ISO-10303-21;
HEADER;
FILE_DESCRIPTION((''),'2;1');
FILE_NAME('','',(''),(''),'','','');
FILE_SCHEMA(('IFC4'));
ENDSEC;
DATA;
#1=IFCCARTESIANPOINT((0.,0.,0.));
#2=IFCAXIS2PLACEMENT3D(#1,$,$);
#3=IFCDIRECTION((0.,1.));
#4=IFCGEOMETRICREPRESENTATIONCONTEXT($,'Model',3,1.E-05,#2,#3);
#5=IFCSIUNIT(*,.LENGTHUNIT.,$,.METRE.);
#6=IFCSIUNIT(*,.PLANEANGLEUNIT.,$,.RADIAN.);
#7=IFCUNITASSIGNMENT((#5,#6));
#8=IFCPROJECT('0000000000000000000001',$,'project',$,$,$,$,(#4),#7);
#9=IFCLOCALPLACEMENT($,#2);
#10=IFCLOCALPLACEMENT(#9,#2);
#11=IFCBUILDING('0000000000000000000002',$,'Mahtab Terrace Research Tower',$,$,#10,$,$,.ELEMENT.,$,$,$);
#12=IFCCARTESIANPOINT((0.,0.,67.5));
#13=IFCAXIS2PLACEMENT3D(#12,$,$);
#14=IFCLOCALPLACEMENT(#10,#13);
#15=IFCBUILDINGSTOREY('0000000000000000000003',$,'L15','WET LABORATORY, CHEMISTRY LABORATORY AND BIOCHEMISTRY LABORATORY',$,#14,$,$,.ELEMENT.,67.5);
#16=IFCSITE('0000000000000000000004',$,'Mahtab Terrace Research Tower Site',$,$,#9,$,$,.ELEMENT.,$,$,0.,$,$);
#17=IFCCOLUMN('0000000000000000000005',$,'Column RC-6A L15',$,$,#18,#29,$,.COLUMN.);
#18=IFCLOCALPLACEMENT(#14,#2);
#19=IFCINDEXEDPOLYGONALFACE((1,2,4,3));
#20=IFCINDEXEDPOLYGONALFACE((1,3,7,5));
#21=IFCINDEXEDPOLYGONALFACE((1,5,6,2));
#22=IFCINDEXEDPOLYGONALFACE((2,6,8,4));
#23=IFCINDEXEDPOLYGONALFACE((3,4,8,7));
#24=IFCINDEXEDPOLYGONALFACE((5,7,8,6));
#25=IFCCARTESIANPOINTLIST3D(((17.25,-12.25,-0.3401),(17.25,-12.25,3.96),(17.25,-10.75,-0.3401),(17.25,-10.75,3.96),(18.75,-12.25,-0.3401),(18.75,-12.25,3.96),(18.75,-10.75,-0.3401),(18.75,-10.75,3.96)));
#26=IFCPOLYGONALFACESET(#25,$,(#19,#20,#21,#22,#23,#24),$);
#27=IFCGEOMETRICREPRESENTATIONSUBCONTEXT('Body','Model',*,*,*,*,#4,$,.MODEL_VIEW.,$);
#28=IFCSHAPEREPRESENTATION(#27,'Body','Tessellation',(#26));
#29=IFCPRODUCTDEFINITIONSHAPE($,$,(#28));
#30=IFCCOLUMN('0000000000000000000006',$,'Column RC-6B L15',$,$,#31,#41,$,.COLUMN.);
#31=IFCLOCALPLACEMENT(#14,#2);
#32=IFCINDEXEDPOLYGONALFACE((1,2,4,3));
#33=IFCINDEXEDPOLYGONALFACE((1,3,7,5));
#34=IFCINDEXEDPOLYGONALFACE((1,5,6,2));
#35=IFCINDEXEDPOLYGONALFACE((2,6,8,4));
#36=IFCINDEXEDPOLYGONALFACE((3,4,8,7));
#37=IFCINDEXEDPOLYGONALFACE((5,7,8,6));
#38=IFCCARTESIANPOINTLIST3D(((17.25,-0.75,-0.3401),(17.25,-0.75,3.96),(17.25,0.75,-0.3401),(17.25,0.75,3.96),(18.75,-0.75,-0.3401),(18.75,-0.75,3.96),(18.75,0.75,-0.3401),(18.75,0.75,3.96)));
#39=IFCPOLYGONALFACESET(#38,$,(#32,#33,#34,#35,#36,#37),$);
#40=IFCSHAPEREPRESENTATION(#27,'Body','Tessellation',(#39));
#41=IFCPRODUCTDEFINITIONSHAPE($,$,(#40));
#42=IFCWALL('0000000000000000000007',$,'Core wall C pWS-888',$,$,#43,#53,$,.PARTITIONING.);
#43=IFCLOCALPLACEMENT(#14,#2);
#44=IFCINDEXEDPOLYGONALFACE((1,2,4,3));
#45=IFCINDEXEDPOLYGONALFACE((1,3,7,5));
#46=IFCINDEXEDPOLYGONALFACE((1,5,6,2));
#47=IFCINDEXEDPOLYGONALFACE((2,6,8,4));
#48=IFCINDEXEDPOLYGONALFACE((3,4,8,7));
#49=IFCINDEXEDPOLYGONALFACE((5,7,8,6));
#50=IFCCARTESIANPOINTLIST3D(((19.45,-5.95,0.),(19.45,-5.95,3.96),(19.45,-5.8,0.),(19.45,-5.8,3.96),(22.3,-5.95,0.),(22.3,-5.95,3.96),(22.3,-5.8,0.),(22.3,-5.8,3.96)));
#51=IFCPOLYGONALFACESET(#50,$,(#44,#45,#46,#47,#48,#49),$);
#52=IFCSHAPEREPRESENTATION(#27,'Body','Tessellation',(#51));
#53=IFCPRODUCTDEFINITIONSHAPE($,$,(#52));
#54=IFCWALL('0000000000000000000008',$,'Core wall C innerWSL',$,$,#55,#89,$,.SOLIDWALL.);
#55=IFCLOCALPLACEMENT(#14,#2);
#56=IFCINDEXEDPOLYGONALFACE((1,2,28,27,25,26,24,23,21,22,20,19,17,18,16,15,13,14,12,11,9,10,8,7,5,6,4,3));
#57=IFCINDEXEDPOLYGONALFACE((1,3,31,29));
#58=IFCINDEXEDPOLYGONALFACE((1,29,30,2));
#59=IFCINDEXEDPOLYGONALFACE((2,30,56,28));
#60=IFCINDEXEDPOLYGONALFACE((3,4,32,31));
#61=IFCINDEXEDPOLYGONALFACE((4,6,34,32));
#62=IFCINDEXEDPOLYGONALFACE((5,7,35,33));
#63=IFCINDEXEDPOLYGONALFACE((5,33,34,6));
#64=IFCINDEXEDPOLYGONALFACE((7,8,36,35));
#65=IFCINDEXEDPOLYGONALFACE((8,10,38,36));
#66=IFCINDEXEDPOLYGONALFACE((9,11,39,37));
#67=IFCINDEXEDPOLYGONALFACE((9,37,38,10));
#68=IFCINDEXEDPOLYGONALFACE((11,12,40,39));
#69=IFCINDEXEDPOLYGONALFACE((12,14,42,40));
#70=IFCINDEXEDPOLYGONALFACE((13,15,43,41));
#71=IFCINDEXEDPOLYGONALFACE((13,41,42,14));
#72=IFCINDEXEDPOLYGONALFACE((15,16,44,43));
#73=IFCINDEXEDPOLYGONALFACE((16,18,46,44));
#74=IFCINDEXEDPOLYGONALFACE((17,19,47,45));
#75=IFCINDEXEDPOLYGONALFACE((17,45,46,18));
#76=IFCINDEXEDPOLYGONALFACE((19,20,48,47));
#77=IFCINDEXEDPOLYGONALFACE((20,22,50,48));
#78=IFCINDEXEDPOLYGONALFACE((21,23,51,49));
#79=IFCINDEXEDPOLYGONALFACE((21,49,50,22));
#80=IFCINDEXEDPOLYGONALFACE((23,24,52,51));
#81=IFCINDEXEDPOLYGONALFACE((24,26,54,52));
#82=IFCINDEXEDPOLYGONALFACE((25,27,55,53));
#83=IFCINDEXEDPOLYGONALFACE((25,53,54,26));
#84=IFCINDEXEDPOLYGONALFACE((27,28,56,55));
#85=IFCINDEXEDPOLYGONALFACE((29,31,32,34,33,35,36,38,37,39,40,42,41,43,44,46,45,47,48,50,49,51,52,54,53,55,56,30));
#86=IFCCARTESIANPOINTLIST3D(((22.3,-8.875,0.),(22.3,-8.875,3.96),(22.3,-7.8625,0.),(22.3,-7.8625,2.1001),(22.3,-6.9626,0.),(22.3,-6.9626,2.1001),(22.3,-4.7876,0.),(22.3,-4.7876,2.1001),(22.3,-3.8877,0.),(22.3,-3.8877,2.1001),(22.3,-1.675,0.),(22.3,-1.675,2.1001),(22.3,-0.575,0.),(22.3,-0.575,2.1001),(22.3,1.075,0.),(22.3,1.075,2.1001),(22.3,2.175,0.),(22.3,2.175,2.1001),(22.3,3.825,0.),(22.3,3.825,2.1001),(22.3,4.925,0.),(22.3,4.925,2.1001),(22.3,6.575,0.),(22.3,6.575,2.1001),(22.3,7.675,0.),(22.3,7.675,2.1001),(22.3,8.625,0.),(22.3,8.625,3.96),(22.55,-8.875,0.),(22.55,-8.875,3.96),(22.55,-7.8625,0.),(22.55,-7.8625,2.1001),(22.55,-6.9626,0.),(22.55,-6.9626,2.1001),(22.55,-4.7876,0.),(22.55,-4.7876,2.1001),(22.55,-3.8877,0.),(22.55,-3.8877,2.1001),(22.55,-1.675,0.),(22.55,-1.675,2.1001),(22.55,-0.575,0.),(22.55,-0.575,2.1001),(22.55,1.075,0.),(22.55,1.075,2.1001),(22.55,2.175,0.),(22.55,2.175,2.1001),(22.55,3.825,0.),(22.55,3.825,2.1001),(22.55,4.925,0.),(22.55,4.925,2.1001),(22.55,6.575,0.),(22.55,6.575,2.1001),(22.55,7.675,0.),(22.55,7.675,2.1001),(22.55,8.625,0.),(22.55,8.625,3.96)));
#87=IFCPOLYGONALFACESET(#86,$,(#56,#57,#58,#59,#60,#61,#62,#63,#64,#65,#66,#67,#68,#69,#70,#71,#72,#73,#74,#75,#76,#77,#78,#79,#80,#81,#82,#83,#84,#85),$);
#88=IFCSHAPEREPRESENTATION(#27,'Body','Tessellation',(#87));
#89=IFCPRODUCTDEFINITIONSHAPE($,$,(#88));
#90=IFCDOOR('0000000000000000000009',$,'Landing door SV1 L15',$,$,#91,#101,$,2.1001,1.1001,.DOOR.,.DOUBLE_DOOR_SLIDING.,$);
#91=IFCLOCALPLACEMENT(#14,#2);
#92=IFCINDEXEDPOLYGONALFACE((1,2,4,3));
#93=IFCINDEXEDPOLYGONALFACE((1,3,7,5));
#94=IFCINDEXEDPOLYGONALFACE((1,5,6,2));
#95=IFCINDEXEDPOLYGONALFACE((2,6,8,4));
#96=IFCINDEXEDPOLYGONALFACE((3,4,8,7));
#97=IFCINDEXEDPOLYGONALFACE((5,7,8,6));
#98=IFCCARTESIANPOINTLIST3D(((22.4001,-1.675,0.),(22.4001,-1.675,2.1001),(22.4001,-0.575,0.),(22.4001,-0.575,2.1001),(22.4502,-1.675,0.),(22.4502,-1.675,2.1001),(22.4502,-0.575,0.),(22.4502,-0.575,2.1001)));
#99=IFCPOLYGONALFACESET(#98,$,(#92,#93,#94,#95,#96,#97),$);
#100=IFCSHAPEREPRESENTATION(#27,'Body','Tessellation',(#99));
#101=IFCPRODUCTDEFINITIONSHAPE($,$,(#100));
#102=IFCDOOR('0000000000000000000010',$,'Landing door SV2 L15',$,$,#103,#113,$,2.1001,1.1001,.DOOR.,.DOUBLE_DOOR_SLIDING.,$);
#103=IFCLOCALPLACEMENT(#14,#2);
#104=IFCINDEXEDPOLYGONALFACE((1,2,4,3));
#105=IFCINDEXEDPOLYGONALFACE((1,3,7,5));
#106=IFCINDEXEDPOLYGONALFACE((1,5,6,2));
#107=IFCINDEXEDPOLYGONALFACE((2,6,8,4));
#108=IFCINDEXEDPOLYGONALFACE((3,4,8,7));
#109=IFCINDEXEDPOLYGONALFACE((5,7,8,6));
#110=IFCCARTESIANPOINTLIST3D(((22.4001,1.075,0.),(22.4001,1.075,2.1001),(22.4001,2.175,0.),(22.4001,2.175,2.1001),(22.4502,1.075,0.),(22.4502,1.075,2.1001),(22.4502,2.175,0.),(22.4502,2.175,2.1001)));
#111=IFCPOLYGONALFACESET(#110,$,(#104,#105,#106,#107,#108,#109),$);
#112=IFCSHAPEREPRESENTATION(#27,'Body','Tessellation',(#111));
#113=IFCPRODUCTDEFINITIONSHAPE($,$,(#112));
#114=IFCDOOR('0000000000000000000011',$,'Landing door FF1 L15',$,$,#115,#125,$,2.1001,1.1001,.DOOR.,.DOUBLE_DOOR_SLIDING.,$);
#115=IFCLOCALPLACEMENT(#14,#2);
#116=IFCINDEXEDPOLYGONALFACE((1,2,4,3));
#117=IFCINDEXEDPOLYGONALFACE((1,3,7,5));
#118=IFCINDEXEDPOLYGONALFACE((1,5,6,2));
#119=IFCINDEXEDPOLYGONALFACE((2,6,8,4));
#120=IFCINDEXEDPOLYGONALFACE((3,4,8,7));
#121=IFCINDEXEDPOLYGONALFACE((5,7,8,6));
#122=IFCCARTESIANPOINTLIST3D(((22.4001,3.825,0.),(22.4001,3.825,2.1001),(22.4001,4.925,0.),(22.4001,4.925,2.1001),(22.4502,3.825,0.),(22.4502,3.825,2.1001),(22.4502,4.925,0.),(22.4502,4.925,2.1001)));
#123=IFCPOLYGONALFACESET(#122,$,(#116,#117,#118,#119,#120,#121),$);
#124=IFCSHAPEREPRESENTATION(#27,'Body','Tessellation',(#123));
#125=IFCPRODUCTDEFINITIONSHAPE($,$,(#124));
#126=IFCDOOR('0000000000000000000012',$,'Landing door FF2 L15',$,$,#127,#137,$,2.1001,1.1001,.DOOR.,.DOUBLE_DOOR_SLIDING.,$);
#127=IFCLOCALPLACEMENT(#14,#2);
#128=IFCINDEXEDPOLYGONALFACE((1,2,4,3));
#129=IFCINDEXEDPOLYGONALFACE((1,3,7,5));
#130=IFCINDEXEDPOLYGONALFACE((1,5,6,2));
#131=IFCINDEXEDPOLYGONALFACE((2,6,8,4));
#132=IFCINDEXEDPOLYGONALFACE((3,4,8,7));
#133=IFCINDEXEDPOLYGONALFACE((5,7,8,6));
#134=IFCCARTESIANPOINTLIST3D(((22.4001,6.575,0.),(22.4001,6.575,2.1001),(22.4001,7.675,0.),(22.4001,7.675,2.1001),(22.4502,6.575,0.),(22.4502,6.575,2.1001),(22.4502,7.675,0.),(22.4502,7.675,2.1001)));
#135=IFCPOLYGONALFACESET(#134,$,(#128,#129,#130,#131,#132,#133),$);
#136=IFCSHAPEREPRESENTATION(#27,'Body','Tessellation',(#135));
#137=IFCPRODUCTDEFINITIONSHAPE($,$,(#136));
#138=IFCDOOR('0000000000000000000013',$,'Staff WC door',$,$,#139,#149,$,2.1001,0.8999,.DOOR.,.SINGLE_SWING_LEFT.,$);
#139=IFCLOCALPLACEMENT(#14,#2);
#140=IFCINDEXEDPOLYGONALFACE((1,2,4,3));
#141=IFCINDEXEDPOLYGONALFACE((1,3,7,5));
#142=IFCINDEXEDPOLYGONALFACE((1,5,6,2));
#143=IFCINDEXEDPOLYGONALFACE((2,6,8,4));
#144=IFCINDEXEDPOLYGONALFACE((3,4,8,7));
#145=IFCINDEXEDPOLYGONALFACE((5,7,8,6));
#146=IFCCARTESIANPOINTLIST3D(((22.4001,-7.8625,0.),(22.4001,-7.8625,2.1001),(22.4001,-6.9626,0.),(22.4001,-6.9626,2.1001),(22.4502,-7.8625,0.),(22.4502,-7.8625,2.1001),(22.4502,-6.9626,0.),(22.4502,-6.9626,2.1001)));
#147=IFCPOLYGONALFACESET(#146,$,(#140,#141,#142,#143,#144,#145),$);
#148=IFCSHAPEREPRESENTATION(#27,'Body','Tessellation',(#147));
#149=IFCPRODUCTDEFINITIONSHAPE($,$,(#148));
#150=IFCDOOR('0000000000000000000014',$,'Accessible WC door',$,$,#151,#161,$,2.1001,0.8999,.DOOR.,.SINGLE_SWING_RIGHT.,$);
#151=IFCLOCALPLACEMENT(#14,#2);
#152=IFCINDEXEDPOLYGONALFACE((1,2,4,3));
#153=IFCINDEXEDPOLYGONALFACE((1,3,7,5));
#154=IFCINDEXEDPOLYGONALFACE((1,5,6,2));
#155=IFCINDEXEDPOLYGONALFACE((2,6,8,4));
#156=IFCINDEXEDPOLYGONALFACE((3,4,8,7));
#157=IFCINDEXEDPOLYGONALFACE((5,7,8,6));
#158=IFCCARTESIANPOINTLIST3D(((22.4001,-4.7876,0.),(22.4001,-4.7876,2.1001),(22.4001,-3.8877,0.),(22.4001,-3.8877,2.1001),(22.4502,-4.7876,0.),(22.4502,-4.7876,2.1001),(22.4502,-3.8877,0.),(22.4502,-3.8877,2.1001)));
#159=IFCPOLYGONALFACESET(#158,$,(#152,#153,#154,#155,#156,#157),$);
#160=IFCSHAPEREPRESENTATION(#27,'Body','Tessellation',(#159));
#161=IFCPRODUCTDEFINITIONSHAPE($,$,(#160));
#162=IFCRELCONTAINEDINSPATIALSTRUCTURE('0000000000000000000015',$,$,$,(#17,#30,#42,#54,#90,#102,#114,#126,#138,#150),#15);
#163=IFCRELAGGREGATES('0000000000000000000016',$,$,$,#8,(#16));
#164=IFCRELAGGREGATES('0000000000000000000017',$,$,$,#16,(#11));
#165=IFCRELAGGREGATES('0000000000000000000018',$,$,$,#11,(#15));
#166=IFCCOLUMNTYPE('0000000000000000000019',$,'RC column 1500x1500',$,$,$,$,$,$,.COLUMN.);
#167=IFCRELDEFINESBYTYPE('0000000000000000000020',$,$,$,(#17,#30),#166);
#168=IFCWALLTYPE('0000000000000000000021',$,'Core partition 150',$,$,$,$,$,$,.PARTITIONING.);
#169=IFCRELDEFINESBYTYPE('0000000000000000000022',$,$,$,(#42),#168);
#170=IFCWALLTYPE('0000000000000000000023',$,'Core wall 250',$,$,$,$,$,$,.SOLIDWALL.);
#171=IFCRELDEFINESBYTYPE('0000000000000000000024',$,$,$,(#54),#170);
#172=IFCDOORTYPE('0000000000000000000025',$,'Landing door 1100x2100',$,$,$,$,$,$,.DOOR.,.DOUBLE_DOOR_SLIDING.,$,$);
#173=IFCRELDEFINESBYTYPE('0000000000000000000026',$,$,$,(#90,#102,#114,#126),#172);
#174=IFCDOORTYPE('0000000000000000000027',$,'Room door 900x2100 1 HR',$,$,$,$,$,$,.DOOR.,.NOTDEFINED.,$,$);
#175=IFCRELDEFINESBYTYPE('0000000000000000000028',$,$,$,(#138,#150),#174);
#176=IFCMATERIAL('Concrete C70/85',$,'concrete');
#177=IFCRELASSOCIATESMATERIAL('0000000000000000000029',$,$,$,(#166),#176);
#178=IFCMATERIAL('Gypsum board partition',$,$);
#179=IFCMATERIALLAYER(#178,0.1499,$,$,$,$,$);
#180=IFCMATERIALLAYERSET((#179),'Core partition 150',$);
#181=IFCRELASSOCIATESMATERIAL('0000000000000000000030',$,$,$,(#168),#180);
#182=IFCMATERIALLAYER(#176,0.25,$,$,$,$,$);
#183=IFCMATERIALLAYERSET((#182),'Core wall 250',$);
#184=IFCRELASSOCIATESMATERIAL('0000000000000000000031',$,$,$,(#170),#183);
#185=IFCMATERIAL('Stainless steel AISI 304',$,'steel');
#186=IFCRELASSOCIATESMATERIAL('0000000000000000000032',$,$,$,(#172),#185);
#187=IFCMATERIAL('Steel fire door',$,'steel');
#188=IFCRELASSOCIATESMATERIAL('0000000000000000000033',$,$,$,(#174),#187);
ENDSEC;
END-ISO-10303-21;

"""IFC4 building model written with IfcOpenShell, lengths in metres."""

from ifc_helpers import new_model, si_unit, direction, frame, frame_2d, origin, origin_2d, place, context, subcontext, project, spatial, rectangle, extrude, material, layer, layer_set, material_profile, profile_set, type_object, element, fill, save


model = new_model("IFC4")

# Units and contexts
model_context = context("Model", 3, precision=1e-05, world=origin(), true_north=direction((0.0, 1.0)))
body_context = subcontext(model_context, "Body", "Model", "MODEL_VIEW")
ifc_project = project(units=[si_unit("LENGTHUNIT", "METRE"), si_unit("PLANEANGLEUNIT", "RADIAN")], contexts=[model_context])

# Site, building, storey
site_placement = place(None, origin())
site = spatial("IfcSite", under=ifc_project, at=site_placement, Name="Mahtab Terrace Research Tower Site", CompositionType="ELEMENT", RefElevation=0.0)
building_placement = place(site_placement, origin())
building = spatial("IfcBuilding", under=site, at=building_placement, Name="Mahtab Terrace Research Tower", CompositionType="ELEMENT")
storey_placement = place(building_placement, frame((0.0, 0.0, 67.5)))
storey = spatial("IfcBuildingStorey", under=building, at=storey_placement, Name="L15", Description="WET LABORATORY, CHEMISTRY LABORATORY AND BIOCHEMISTRY LABORATORY", CompositionType="ELEMENT", Elevation=67.5)

# Columns
ifc_material_1 = material(Name="Concrete C70/85", Category="concrete")
ifc_material_profile = material_profile(ifc_material_1, rectangle(XDim=1.5, YDim=1.5, at=origin_2d()), Name="RC column 1500x1500")
ifc_profile_set = profile_set([ifc_material_profile], Name="Concrete C70/85")
column_type = type_object("IfcColumnType", Name="RC column 1500x1500", PredefinedType="COLUMN", material=ifc_profile_set)
for number, where, z_axis, x_axis, name in (
    (1, (18.0, -11.5, -0.3401), (0.0, 0.0, 1.0), (1.0, 0.0, 0.0), "Column RC-6A L15"),
    (2, (18.0, 0.0, -0.3401), (0.0, 0.0, 1.0), (1.0, 0.0, 0.0), "Column RC-6B L15"),
):
    element("IfcColumn", number, at=place(storey_placement, frame(where, z_axis=z_axis, x_axis=x_axis)), inside=storey, type_object=column_type, Name=name, PredefinedType="COLUMN", context=body_context, shape_type="SweptSolid", body=[
        extrude(rectangle(XDim=1.5, YDim=1.5, at=origin_2d()), origin(), (0.0, 0.0, 1.0), 4.3),
    ])

# Wall
ifc_material_2 = material(Name="Gypsum board partition")
ifc_layer_1 = layer(ifc_material_2, 0.1499)
ifc_layer_set_1 = layer_set([ifc_layer_1], Name="Core partition 150")
wall_type_1 = type_object("IfcWallType", Name="Core partition 150", PredefinedType="PARTITIONING", material=ifc_layer_set_1)
wall_1_placement = place(storey_placement, frame((19.45, -5.875, 0.0), z_axis=(0.0, 0.0, 1.0), x_axis=(1.0, 0.0, 0.0)))
element("IfcWall", 3, at=wall_1_placement, inside=storey, type_object=wall_type_1, Name="Core wall C pWS-888", PredefinedType="PARTITIONING", context=body_context, shape_type="SweptSolid", body=[
    extrude(rectangle(XDim=2.8501, YDim=0.1499, at=frame_2d((1.425, 0.0))), origin(), (0.0, 0.0, 1.0), 3.96),
])

# Wall, openings, doors
ifc_layer_2 = layer(ifc_material_1, 0.25)
ifc_layer_set_2 = layer_set([ifc_layer_2], Name="Core wall 250")
wall_type_2 = type_object("IfcWallType", Name="Core wall 250", PredefinedType="SOLIDWALL", material=ifc_layer_set_2)
wall_2_placement = place(storey_placement, frame((22.425, -8.875, 0.0), z_axis=(0.0, 0.0, 1.0), x_axis=(0.0, 1.0, 0.0)))
wall_2 = element("IfcWall", 4, at=wall_2_placement, inside=storey, type_object=wall_type_2, Name="Core wall C innerWSL", PredefinedType="SOLIDWALL", context=body_context, shape_type="SweptSolid", body=[
    extrude(rectangle(XDim=17.5, YDim=0.25, at=frame_2d((8.75, 0.0))), origin(), (0.0, 0.0, 1.0), 3.96),
])
opening_1_placement = place(wall_2_placement, frame((7.2, 0.0, 0.0)))
opening_1 = element("IfcOpeningElement", 5, at=opening_1_placement, cuts=wall_2, PredefinedType="OPENING", context=body_context, shape_type="SweptSolid", body=[
    extrude(rectangle(XDim=1.1001, YDim=2.1001, at=frame_2d((0.55, 1.05))), frame((0.0, 0.135, 0.0), z_axis=(0.0, -1.0, 0.0), x_axis=(1.0, 0.0, 0.0)), (0.0, 0.0, 1.0), 0.27),
])
opening_2_placement = place(wall_2_placement, frame((9.95, 0.0, 0.0)))
opening_2 = element("IfcOpeningElement", 6, at=opening_2_placement, cuts=wall_2, PredefinedType="OPENING", context=body_context, shape_type="SweptSolid", body=[
    extrude(rectangle(XDim=1.1001, YDim=2.1001, at=frame_2d((0.55, 1.05))), frame((0.0, 0.135, 0.0), z_axis=(0.0, -1.0, 0.0), x_axis=(1.0, 0.0, 0.0)), (0.0, 0.0, 1.0), 0.27),
])
opening_3_placement = place(wall_2_placement, frame((12.7, 0.0, 0.0)))
opening_3 = element("IfcOpeningElement", 7, at=opening_3_placement, cuts=wall_2, PredefinedType="OPENING", context=body_context, shape_type="SweptSolid", body=[
    extrude(rectangle(XDim=1.1001, YDim=2.1001, at=frame_2d((0.55, 1.05))), frame((0.0, 0.135, 0.0), z_axis=(0.0, -1.0, 0.0), x_axis=(1.0, 0.0, 0.0)), (0.0, 0.0, 1.0), 0.27),
])
opening_4_placement = place(wall_2_placement, frame((15.45, 0.0, 0.0)))
opening_4 = element("IfcOpeningElement", 8, at=opening_4_placement, cuts=wall_2, PredefinedType="OPENING", context=body_context, shape_type="SweptSolid", body=[
    extrude(rectangle(XDim=1.1001, YDim=2.1001, at=frame_2d((0.55, 1.05))), frame((0.0, 0.135, 0.0), z_axis=(0.0, -1.0, 0.0), x_axis=(1.0, 0.0, 0.0)), (0.0, 0.0, 1.0), 0.27),
])
opening_5_placement = place(wall_2_placement, frame((1.0125, 0.0, 0.0)))
opening_5 = element("IfcOpeningElement", 9, at=opening_5_placement, cuts=wall_2, PredefinedType="OPENING", context=body_context, shape_type="SweptSolid", body=[
    extrude(rectangle(XDim=0.8999, YDim=2.1001, at=frame_2d((0.45, 1.05))), frame((0.0, 0.135, 0.0), z_axis=(0.0, -1.0, 0.0), x_axis=(1.0, 0.0, 0.0)), (0.0, 0.0, 1.0), 0.27),
])
opening_6_placement = place(wall_2_placement, frame((4.0874, 0.0, 0.0)))
opening_6 = element("IfcOpeningElement", 10, at=opening_6_placement, cuts=wall_2, PredefinedType="OPENING", context=body_context, shape_type="SweptSolid", body=[
    extrude(rectangle(XDim=0.8999, YDim=2.1001, at=frame_2d((0.45, 1.05))), frame((0.0, 0.135, 0.0), z_axis=(0.0, -1.0, 0.0), x_axis=(1.0, 0.0, 0.0)), (0.0, 0.0, 1.0), 0.27),
])
ifc_material_3 = material(Name="Stainless steel AISI 304", Category="steel")
door_type_1 = type_object("IfcDoorType", Name="Landing door 1100x2100", OperationType="DOUBLE_DOOR_SLIDING", PredefinedType="DOOR", material=ifc_material_3)
door_1_placement = place(opening_1_placement, origin())
door_1 = element("IfcDoor", 11, at=door_1_placement, inside=storey, type_object=door_type_1, Name="Landing door SV1 L15", OperationType="DOUBLE_DOOR_SLIDING", OverallHeight=2.1001, OverallWidth=1.1001, PredefinedType="DOOR", context=body_context, shape_type="SweptSolid", body=[
    extrude(rectangle(XDim=1.1001, YDim=2.1001, at=frame_2d((0.55, 1.05))), frame((0.0, 0.0249, 0.0), z_axis=(0.0, -1.0, 0.0), x_axis=(1.0, 0.0, 0.0)), (0.0, 0.0, 1.0), 0.05),
])
fill(opening_1, door_1)
door_2_placement = place(opening_2_placement, origin())
door_2 = element("IfcDoor", 12, at=door_2_placement, inside=storey, type_object=door_type_1, Name="Landing door SV2 L15", OperationType="DOUBLE_DOOR_SLIDING", OverallHeight=2.1001, OverallWidth=1.1001, PredefinedType="DOOR", context=body_context, shape_type="SweptSolid", body=[
    extrude(rectangle(XDim=1.1001, YDim=2.1001, at=frame_2d((0.55, 1.05))), frame((0.0, 0.0249, 0.0), z_axis=(0.0, -1.0, 0.0), x_axis=(1.0, 0.0, 0.0)), (0.0, 0.0, 1.0), 0.05),
])
fill(opening_2, door_2)
door_3_placement = place(opening_3_placement, origin())
door_3 = element("IfcDoor", 13, at=door_3_placement, inside=storey, type_object=door_type_1, Name="Landing door FF1 L15", OperationType="DOUBLE_DOOR_SLIDING", OverallHeight=2.1001, OverallWidth=1.1001, PredefinedType="DOOR", context=body_context, shape_type="SweptSolid", body=[
    extrude(rectangle(XDim=1.1001, YDim=2.1001, at=frame_2d((0.55, 1.05))), frame((0.0, 0.0249, 0.0), z_axis=(0.0, -1.0, 0.0), x_axis=(1.0, 0.0, 0.0)), (0.0, 0.0, 1.0), 0.05),
])
fill(opening_3, door_3)
door_4_placement = place(opening_4_placement, origin())
door_4 = element("IfcDoor", 14, at=door_4_placement, inside=storey, type_object=door_type_1, Name="Landing door FF2 L15", OperationType="DOUBLE_DOOR_SLIDING", OverallHeight=2.1001, OverallWidth=1.1001, PredefinedType="DOOR", context=body_context, shape_type="SweptSolid", body=[
    extrude(rectangle(XDim=1.1001, YDim=2.1001, at=frame_2d((0.55, 1.05))), frame((0.0, 0.0249, 0.0), z_axis=(0.0, -1.0, 0.0), x_axis=(1.0, 0.0, 0.0)), (0.0, 0.0, 1.0), 0.05),
])
fill(opening_4, door_4)
ifc_material_4 = material(Name="Steel fire door", Category="steel")
door_type_2 = type_object("IfcDoorType", Name="Room door 900x2100 1 HR", OperationType="NOTDEFINED", PredefinedType="DOOR", material=ifc_material_4)
door_5_placement = place(opening_5_placement, origin())
door_5 = element("IfcDoor", 15, at=door_5_placement, inside=storey, type_object=door_type_2, Name="Staff WC door", OperationType="SINGLE_SWING_LEFT", OverallHeight=2.1001, OverallWidth=0.8999, PredefinedType="DOOR", context=body_context, shape_type="SweptSolid", body=[
    extrude(rectangle(XDim=0.8999, YDim=2.1001, at=frame_2d((0.45, 1.05))), frame((0.0, 0.0249, 0.0), z_axis=(0.0, -1.0, 0.0), x_axis=(1.0, 0.0, 0.0)), (0.0, 0.0, 1.0), 0.05),
])
fill(opening_5, door_5)
door_6_placement = place(opening_6_placement, origin())
door_6 = element("IfcDoor", 16, at=door_6_placement, inside=storey, type_object=door_type_2, Name="Accessible WC door", OperationType="SINGLE_SWING_RIGHT", OverallHeight=2.1001, OverallWidth=0.8999, PredefinedType="DOOR", context=body_context, shape_type="SweptSolid", body=[
    extrude(rectangle(XDim=0.8999, YDim=2.1001, at=frame_2d((0.45, 1.05))), frame((0.0, 0.0249, 0.0), z_axis=(0.0, -1.0, 0.0), x_axis=(1.0, 0.0, 0.0)), (0.0, 0.0, 1.0), 0.05),
])
fill(opening_6, door_6)

save(model, "model.ifc")
